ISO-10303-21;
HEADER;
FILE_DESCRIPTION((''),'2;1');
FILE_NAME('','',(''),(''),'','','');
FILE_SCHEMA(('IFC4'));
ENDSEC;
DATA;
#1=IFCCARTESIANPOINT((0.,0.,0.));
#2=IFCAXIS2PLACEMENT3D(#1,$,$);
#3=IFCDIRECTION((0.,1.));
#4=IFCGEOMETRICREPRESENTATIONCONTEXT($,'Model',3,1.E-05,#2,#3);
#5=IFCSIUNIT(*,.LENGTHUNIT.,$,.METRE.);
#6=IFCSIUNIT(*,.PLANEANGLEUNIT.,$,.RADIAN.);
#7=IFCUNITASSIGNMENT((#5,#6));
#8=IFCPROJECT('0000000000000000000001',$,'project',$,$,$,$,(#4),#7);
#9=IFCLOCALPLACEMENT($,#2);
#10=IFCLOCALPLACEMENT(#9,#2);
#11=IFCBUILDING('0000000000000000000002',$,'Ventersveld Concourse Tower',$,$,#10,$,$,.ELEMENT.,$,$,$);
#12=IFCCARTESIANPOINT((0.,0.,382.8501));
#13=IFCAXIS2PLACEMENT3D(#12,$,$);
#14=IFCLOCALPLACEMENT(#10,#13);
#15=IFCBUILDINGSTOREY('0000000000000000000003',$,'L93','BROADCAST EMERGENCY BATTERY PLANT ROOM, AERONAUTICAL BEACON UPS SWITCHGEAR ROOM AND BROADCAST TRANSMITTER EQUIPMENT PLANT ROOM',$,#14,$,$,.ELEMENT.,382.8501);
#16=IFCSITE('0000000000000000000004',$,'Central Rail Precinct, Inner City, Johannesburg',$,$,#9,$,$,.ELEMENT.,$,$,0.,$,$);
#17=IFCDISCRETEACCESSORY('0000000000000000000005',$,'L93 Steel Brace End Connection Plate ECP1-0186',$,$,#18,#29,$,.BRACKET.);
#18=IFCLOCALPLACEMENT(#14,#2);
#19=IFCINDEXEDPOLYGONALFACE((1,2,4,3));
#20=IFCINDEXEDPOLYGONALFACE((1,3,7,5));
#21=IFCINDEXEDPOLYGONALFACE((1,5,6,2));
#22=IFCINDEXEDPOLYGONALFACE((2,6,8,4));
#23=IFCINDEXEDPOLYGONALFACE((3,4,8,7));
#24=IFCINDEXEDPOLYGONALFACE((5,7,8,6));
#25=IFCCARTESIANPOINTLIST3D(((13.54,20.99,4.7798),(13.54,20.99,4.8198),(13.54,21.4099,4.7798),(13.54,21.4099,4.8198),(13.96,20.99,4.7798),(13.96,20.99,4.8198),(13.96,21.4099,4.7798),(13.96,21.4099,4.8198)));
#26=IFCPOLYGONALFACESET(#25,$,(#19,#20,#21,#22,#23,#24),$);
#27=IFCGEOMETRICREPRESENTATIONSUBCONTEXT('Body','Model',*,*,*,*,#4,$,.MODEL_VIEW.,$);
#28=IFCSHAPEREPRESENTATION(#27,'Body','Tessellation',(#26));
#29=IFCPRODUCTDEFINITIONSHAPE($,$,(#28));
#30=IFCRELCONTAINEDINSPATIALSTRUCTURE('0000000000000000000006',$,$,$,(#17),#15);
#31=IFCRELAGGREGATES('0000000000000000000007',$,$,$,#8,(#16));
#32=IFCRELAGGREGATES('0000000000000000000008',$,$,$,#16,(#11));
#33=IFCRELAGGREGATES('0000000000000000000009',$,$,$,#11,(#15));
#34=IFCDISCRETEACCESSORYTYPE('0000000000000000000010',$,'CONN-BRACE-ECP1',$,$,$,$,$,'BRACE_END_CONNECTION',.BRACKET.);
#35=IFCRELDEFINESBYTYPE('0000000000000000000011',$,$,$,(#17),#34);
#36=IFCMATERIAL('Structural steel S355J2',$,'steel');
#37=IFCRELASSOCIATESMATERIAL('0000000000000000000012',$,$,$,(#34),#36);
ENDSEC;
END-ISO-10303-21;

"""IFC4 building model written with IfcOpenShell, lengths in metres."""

from ifc_helpers import new_model, si_unit, direction, frame, origin, origin_2d, place, context, subcontext, project, spatial, rectangle, extrude, material, type_object, element, save


model = new_model("IFC4")

# Units and contexts
model_context = context("Model", 3, precision=1e-05, world=origin(), true_north=direction((0.0, 1.0)))
body_context = subcontext(model_context, "Body", "Model", "MODEL_VIEW")
ifc_project = project(units=[si_unit("LENGTHUNIT", "METRE"), si_unit("PLANEANGLEUNIT", "RADIAN")], contexts=[model_context])

# Site, building, storey
site_placement = place(None, origin())
site = spatial("IfcSite", under=ifc_project, at=site_placement, Name="Central Rail Precinct, Inner City, Johannesburg", CompositionType="ELEMENT", RefElevation=0.0)
building_placement = place(site_placement, origin())
building = spatial("IfcBuilding", under=site, at=building_placement, Name="Ventersveld Concourse Tower", CompositionType="ELEMENT")
storey_placement = place(building_placement, frame((0.0, 0.0, 382.8501)))
storey = spatial("IfcBuildingStorey", under=building, at=storey_placement, Name="L93", Description="BROADCAST EMERGENCY BATTERY PLANT ROOM, AERONAUTICAL BEACON UPS SWITCHGEAR ROOM AND BROADCAST TRANSMITTER EQUIPMENT PLANT ROOM", CompositionType="ELEMENT", Elevation=382.8501)

# Discrete accessory
ifc_material_1 = material(Name="Structural steel S355J2", Category="steel")
discrete_accessory_type_1 = type_object("IfcDiscreteAccessoryType", Name="CONN-BRACE-ECP1", ElementType="BRACE_END_CONNECTION", PredefinedType="BRACKET", material=ifc_material_1)
for number, where, z_axis, x_axis, name in (
    (1, (13.75, 21.2, 4.7798), (0.0, 0.0, 1.0), (1.0, 0.0, 0.0), "L93 Steel Brace End Connection Plate ECP1-0186"),
):
    element("IfcDiscreteAccessory", number, at=place(storey_placement, frame(where, z_axis=z_axis, x_axis=x_axis)), inside=storey, type_object=discrete_accessory_type_1, Name=name, PredefinedType="BRACKET", context=body_context, shape_type="SweptSolid", body=[
        extrude(rectangle(XDim=0.4199, YDim=0.4199, at=origin_2d()), origin(), (0.0, 0.0, 1.0), 0.04),
    ])

save(model, "model.ifc")
